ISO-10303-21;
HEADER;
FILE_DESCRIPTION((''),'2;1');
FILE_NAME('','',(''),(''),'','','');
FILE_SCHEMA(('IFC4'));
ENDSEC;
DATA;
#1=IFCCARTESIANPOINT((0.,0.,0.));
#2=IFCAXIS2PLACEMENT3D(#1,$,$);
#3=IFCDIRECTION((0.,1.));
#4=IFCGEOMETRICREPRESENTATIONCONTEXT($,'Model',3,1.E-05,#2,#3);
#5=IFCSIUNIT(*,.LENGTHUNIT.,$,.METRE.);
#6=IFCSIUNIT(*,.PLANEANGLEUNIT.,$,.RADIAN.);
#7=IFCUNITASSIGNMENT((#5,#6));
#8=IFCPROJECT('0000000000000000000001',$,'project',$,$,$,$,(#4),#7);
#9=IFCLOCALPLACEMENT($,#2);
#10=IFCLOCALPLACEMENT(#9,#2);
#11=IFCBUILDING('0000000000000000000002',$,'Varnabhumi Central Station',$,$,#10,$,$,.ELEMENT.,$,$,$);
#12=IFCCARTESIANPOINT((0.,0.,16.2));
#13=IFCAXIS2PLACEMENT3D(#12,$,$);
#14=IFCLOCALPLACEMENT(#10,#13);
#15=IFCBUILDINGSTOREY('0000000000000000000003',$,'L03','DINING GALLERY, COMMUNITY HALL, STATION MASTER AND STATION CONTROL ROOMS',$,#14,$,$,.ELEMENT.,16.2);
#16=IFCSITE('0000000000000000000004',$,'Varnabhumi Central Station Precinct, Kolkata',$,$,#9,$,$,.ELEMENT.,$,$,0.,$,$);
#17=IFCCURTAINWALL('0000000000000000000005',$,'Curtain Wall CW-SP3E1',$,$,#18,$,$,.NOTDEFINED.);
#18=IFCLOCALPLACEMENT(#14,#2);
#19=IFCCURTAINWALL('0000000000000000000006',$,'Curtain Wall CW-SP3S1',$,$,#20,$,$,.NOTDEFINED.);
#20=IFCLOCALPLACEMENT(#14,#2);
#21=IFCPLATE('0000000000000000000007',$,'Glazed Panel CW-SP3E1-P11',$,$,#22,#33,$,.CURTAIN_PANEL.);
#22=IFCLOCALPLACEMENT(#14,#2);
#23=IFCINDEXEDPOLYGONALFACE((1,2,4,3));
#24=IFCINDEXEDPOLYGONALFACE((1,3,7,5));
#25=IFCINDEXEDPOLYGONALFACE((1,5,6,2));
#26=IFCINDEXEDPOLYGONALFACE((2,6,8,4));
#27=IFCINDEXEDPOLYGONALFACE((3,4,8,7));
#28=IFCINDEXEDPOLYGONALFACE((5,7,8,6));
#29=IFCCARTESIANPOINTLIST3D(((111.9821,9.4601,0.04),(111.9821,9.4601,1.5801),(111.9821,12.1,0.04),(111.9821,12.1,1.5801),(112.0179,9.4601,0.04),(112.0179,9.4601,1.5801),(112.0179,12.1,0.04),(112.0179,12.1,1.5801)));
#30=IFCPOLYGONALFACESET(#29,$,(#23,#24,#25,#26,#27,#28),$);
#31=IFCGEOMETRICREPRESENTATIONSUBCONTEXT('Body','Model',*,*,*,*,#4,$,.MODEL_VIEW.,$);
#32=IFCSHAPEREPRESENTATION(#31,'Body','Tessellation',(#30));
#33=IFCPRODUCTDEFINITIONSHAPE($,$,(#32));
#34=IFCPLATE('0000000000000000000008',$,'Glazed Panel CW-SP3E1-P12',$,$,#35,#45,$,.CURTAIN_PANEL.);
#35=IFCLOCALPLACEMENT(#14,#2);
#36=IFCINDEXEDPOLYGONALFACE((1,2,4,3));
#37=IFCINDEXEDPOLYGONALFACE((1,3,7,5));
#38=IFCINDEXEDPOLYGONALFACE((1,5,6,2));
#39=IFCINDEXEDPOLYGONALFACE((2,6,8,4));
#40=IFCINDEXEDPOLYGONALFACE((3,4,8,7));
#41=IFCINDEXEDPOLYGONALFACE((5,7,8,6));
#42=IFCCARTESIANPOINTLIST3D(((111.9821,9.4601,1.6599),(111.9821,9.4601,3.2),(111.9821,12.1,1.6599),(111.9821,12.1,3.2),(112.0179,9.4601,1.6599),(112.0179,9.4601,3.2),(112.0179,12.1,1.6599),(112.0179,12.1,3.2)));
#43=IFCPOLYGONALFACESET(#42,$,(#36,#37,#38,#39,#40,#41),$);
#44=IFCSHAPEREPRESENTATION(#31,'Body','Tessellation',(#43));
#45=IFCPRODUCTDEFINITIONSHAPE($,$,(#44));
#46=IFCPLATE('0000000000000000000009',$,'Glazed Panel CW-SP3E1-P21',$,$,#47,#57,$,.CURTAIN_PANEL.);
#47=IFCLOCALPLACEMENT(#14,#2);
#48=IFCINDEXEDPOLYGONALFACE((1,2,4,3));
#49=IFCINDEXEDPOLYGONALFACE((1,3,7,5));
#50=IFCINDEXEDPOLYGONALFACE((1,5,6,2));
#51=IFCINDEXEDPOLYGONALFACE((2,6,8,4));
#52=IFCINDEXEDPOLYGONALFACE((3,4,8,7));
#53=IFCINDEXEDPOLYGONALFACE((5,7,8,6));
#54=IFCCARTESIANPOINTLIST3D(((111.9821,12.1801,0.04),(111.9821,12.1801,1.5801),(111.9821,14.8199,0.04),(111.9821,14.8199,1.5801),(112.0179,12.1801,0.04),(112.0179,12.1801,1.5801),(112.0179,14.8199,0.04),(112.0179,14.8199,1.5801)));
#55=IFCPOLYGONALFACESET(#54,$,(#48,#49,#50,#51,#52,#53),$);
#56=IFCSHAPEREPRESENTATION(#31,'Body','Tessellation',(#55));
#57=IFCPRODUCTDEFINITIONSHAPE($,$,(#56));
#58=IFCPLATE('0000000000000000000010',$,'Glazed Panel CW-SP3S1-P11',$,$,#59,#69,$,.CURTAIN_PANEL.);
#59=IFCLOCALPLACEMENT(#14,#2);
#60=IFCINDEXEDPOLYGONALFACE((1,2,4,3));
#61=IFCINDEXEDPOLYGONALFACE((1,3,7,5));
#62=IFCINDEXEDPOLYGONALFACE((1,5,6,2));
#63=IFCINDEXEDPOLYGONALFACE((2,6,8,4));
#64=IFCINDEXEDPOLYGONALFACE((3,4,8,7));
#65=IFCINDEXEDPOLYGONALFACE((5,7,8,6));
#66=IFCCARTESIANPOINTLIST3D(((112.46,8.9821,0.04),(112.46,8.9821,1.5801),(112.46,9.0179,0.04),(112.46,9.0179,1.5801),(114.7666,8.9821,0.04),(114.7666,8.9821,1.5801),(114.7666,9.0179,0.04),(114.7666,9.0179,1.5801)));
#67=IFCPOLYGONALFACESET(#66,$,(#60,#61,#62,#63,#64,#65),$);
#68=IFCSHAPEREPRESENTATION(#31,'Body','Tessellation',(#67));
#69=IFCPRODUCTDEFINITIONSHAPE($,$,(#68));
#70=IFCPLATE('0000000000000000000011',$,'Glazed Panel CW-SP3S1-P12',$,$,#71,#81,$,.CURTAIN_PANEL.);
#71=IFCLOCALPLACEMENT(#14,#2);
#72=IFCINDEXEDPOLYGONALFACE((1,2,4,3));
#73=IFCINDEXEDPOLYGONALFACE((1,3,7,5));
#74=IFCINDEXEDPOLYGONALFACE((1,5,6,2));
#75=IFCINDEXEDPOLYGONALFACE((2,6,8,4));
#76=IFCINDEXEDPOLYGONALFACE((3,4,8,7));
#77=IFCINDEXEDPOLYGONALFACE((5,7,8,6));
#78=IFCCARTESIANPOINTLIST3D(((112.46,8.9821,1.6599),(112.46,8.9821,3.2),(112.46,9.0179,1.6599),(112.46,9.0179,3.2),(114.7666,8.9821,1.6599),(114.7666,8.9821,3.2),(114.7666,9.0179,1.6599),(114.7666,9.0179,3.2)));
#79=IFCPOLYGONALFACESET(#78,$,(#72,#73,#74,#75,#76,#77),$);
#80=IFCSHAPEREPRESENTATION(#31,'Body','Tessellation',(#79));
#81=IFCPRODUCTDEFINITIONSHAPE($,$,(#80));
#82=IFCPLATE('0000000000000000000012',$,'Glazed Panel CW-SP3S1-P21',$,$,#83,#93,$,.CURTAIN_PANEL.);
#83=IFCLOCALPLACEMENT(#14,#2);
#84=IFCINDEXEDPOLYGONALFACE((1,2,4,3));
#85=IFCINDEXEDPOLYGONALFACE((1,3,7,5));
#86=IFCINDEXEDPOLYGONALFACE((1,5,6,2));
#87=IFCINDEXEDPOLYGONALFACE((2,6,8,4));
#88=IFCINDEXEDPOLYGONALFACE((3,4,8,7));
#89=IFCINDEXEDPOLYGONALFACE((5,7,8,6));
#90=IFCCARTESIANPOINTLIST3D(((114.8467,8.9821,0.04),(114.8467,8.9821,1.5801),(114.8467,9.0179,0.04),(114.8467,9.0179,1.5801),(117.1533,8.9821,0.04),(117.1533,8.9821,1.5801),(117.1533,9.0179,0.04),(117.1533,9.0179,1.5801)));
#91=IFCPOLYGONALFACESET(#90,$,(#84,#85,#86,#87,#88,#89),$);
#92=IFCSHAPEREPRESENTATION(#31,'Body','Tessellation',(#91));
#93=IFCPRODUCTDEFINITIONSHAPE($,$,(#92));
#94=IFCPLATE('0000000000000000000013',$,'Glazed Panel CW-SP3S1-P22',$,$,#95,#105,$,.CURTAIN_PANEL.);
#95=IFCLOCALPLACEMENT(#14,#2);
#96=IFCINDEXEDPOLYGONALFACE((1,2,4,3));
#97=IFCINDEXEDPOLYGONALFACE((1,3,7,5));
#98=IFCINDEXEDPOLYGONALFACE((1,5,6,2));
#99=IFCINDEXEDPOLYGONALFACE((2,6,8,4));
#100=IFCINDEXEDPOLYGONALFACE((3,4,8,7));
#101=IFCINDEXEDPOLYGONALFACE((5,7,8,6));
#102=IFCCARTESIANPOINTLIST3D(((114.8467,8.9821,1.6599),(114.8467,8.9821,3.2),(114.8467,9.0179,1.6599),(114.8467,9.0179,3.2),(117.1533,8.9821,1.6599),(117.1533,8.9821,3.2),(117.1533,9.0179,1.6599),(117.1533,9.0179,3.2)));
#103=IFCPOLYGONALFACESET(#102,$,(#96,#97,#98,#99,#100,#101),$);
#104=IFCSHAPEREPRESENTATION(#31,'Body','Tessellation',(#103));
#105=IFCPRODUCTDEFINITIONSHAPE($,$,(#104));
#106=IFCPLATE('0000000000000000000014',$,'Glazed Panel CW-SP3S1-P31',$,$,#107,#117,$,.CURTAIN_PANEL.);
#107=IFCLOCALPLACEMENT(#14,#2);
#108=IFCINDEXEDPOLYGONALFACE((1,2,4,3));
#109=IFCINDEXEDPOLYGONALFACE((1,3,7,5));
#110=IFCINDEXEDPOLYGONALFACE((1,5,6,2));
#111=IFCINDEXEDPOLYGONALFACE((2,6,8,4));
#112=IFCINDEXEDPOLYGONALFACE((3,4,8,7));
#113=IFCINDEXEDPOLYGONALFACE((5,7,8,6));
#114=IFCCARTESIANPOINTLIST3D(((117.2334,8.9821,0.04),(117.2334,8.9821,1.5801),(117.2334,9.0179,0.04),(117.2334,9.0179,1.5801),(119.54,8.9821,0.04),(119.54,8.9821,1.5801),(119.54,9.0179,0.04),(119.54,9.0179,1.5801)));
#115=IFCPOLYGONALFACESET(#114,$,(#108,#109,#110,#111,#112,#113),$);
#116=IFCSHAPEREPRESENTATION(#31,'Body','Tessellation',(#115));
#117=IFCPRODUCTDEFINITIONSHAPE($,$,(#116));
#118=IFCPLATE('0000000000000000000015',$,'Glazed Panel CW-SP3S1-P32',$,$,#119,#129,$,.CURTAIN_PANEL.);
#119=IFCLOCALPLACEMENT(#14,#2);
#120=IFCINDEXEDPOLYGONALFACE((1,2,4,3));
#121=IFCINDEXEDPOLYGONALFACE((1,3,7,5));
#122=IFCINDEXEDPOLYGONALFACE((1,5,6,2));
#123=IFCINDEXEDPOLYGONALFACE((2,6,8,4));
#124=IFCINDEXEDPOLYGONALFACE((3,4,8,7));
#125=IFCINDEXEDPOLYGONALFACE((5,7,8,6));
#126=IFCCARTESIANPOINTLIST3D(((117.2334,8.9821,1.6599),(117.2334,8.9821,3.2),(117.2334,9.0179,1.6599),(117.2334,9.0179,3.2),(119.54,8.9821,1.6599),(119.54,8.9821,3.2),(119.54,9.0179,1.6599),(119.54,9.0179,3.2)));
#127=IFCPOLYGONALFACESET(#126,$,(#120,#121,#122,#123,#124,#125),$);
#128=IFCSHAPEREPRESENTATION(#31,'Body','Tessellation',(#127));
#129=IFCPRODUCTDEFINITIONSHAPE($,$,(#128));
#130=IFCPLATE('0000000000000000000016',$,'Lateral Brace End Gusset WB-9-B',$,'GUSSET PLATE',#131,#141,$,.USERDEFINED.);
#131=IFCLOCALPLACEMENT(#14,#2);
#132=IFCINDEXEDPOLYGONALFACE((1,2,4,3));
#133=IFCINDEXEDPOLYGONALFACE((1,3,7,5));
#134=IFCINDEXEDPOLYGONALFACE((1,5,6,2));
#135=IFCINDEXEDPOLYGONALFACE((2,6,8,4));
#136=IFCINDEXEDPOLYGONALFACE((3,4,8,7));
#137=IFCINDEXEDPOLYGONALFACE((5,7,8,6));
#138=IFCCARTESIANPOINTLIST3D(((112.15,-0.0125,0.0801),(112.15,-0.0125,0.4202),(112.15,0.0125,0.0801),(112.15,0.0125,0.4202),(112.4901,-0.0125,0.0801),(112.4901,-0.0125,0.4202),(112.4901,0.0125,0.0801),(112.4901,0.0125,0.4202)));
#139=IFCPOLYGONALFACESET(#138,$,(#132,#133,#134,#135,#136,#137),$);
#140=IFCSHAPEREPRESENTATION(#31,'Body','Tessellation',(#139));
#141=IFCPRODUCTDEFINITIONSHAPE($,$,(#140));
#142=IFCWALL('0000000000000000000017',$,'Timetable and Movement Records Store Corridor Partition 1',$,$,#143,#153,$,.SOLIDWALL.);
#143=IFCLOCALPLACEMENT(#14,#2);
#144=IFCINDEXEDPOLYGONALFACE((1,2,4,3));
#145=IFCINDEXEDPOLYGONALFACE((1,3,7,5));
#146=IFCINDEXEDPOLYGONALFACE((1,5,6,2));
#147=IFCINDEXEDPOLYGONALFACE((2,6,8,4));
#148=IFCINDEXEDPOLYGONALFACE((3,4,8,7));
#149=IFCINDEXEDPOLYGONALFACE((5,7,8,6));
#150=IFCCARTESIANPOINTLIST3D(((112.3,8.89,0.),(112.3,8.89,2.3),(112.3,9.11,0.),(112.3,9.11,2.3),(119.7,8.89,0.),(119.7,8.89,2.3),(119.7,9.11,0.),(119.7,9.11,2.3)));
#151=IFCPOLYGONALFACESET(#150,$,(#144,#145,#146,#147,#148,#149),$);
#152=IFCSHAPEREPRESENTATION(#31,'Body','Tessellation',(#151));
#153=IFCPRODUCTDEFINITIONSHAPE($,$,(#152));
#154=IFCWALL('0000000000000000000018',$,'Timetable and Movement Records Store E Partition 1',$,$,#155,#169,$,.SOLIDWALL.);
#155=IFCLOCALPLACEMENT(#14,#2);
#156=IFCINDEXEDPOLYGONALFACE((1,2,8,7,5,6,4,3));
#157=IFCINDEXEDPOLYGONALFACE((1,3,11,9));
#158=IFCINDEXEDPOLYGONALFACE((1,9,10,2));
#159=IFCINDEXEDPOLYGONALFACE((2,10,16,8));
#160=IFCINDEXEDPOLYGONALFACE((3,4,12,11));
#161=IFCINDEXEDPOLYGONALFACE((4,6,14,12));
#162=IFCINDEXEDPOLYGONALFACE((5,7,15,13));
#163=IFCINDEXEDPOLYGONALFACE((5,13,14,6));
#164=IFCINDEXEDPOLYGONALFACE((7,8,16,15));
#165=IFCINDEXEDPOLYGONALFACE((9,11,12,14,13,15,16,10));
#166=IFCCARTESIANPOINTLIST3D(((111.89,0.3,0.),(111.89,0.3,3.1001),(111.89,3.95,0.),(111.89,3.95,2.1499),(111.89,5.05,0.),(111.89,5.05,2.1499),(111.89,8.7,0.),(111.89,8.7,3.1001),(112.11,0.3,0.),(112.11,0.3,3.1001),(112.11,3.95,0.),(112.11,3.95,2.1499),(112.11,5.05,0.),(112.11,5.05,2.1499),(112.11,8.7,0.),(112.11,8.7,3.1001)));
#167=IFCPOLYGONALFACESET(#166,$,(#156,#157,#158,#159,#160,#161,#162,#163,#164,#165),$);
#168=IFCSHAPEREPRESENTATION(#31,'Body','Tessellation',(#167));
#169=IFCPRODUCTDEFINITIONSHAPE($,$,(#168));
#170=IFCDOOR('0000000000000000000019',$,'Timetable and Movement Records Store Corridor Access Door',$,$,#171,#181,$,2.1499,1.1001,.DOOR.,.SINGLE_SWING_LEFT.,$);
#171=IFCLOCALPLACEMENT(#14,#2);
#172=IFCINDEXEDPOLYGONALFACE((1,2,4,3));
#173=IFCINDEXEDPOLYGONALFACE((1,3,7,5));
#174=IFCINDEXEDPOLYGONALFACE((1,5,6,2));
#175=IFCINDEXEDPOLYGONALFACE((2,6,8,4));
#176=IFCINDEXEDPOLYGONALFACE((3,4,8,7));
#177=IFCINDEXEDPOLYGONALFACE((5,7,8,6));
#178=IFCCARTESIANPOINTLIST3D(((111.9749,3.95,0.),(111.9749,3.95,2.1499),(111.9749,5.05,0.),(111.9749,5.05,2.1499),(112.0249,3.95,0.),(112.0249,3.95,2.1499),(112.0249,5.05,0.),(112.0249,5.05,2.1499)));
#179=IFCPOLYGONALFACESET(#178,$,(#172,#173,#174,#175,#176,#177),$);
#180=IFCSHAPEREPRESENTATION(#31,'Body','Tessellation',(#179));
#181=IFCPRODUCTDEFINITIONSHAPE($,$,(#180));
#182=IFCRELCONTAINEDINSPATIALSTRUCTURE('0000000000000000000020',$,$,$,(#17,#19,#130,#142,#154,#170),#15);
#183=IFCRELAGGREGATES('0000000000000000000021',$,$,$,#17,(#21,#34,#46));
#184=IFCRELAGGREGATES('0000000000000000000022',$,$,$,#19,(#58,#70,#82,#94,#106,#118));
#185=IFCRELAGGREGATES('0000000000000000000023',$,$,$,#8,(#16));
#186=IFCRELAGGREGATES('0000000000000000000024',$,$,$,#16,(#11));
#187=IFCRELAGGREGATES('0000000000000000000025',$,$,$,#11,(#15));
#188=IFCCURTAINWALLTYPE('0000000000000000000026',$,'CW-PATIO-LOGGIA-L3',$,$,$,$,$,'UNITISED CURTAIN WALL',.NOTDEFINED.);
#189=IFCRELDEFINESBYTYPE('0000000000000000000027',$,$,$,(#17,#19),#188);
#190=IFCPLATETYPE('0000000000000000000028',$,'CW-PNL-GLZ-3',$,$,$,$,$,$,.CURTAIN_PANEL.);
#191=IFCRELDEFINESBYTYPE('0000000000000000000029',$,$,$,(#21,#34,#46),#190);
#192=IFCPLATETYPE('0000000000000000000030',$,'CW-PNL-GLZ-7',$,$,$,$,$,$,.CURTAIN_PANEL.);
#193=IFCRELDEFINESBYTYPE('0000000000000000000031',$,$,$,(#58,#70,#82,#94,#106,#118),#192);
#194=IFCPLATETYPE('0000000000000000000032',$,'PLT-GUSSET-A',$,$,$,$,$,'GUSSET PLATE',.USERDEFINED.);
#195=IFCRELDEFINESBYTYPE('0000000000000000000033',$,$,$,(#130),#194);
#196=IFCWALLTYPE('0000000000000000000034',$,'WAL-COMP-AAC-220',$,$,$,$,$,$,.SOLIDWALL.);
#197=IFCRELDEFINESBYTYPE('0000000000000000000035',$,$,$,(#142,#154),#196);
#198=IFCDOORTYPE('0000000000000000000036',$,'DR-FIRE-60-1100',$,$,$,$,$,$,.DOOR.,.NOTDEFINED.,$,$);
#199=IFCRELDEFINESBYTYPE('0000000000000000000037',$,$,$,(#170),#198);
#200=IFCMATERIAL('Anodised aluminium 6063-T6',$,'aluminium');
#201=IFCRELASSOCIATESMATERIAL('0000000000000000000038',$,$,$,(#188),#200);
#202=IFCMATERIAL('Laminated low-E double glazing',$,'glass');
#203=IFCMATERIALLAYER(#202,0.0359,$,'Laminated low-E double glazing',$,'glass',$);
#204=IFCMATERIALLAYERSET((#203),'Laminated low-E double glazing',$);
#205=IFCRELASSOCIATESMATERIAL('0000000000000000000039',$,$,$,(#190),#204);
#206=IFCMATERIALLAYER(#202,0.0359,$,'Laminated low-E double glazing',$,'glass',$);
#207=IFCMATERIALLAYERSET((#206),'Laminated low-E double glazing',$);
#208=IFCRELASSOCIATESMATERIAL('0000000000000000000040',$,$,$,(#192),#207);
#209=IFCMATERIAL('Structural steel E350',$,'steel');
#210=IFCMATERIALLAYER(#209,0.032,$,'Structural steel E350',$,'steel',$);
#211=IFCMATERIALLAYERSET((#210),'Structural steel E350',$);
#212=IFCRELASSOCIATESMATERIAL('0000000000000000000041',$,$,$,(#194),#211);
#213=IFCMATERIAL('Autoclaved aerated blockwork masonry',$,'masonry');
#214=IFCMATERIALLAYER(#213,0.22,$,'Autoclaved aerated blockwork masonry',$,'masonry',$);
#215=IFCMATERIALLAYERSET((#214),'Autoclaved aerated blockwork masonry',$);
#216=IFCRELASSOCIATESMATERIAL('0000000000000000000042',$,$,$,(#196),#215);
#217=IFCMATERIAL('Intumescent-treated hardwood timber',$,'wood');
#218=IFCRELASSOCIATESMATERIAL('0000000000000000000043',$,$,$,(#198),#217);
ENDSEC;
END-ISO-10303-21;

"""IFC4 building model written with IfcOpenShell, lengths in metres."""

from ifc_helpers import new_model, si_unit, direction, frame, frame_2d, origin, origin_2d, place, context, subcontext, project, spatial, rectangle, extrude, material, layer, layer_set, type_object, element, fill, aggregate, save


model = new_model("IFC4")

# Units and contexts
model_context = context("Model", 3, precision=1e-05, world=origin(), true_north=direction((0.0, 1.0)))
body_context = subcontext(model_context, "Body", "Model", "MODEL_VIEW")
ifc_project = project(units=[si_unit("LENGTHUNIT", "METRE"), si_unit("PLANEANGLEUNIT", "RADIAN")], contexts=[model_context])

# Site, building, storey
site_placement = place(None, origin())
site = spatial("IfcSite", under=ifc_project, at=site_placement, Name="Varnabhumi Central Station Precinct, Kolkata", CompositionType="ELEMENT", RefElevation=0.0)
building_placement = place(site_placement, origin())
building = spatial("IfcBuilding", under=site, at=building_placement, Name="Varnabhumi Central Station", CompositionType="ELEMENT")
storey_placement = place(building_placement, frame((0.0, 0.0, 16.2)))
storey = spatial("IfcBuildingStorey", under=building, at=storey_placement, Name="L03", Description="DINING GALLERY, COMMUNITY HALL, STATION MASTER AND STATION CONTROL ROOMS", CompositionType="ELEMENT", Elevation=16.2)

# Shared definitions
ifc_material_1 = material(Name="Structural steel E350", Category="steel")

# Curtain walls
ifc_material_2 = material(Name="Anodised aluminium 6063-T6", Category="aluminium")
curtain_wall_type = type_object("IfcCurtainWallType", Name="CW-PATIO-LOGGIA-L3", ElementType="UNITISED CURTAIN WALL", PredefinedType="NOTDEFINED", material=ifc_material_2)
curtain_wall_1_placement = place(storey_placement, origin())
curtain_wall_1 = element("IfcCurtainWall", 1, at=curtain_wall_1_placement, inside=storey, type_object=curtain_wall_type, Name="Curtain Wall CW-SP3E1", PredefinedType="NOTDEFINED")
curtain_wall_2_placement = place(storey_placement, origin())
curtain_wall_2 = element("IfcCurtainWall", 2, at=curtain_wall_2_placement, inside=storey, type_object=curtain_wall_type, Name="Curtain Wall CW-SP3S1", PredefinedType="NOTDEFINED")

# Plates
ifc_material_3 = material(Name="Laminated low-E double glazing", Category="glass")
ifc_layer_1 = layer(ifc_material_3, 0.0359, Name="Laminated low-E double glazing", Category="glass")
ifc_layer_set_1 = layer_set([ifc_layer_1], Name="Laminated low-E double glazing")
plate_type_1 = type_object("IfcPlateType", Name="CW-PNL-GLZ-3", PredefinedType="CURTAIN_PANEL", material=ifc_layer_set_1)
plate_1_placement = place(storey_placement, frame((112.0, 10.78, 0.04), z_axis=(0.0, 0.0, 1.0), x_axis=(0.0, 1.0, 0.0)))
plate_1 = element("IfcPlate", 3, at=plate_1_placement, type_object=plate_type_1, Name="Glazed Panel CW-SP3E1-P11", PredefinedType="CURTAIN_PANEL", context=body_context, shape_type="SweptSolid", body=[
    extrude(rectangle(XDim=2.6399, YDim=0.0359, at=origin_2d()), origin(), (0.0, 0.0, 1.0), 1.54),
])
plate_2_placement = place(storey_placement, frame((112.0, 10.78, 1.6599), z_axis=(0.0, 0.0, 1.0), x_axis=(0.0, 1.0, 0.0)))
plate_2 = element("IfcPlate", 4, at=plate_2_placement, type_object=plate_type_1, Name="Glazed Panel CW-SP3E1-P12", PredefinedType="CURTAIN_PANEL", context=body_context, shape_type="SweptSolid", body=[
    extrude(rectangle(XDim=2.6399, YDim=0.0359, at=origin_2d()), origin(), (0.0, 0.0, 1.0), 1.54),
])
plate_3_placement = place(storey_placement, frame((112.0, 13.5, 0.04), z_axis=(0.0, 0.0, 1.0), x_axis=(0.0, 1.0, 0.0)))
plate_3 = element("IfcPlate", 5, at=plate_3_placement, type_object=plate_type_1, Name="Glazed Panel CW-SP3E1-P21", PredefinedType="CURTAIN_PANEL", context=body_context, shape_type="SweptSolid", body=[
    extrude(rectangle(XDim=2.6399, YDim=0.0359, at=origin_2d()), origin(), (0.0, 0.0, 1.0), 1.54),
])
aggregate(curtain_wall_1, [plate_1, plate_2, plate_3])
ifc_layer_2 = layer(ifc_material_3, 0.0359, Name="Laminated low-E double glazing", Category="glass")
ifc_layer_set_2 = layer_set([ifc_layer_2], Name="Laminated low-E double glazing")
plate_type_2 = type_object("IfcPlateType", Name="CW-PNL-GLZ-7", PredefinedType="CURTAIN_PANEL", material=ifc_layer_set_2)
plate_4_placement = place(storey_placement, frame((113.6133, 9.0, 0.04), z_axis=(0.0, 0.0, 1.0), x_axis=(1.0, 0.0, 0.0)))
plate_4 = element("IfcPlate", 6, at=plate_4_placement, type_object=plate_type_2, Name="Glazed Panel CW-SP3S1-P11", PredefinedType="CURTAIN_PANEL", context=body_context, shape_type="SweptSolid", body=[
    extrude(rectangle(XDim=2.3066, YDim=0.0359, at=origin_2d()), origin(), (0.0, 0.0, 1.0), 1.54),
])
plate_5_placement = place(storey_placement, frame((113.6133, 9.0, 1.6599), z_axis=(0.0, 0.0, 1.0), x_axis=(1.0, 0.0, 0.0)))
plate_5 = element("IfcPlate", 7, at=plate_5_placement, type_object=plate_type_2, Name="Glazed Panel CW-SP3S1-P12", PredefinedType="CURTAIN_PANEL", context=body_context, shape_type="SweptSolid", body=[
    extrude(rectangle(XDim=2.3066, YDim=0.0359, at=origin_2d()), origin(), (0.0, 0.0, 1.0), 1.54),
])
plate_6_placement = place(storey_placement, frame((116.0, 9.0, 0.04), z_axis=(0.0, 0.0, 1.0), x_axis=(1.0, 0.0, 0.0)))
plate_6 = element("IfcPlate", 8, at=plate_6_placement, type_object=plate_type_2, Name="Glazed Panel CW-SP3S1-P21", PredefinedType="CURTAIN_PANEL", context=body_context, shape_type="SweptSolid", body=[
    extrude(rectangle(XDim=2.3066, YDim=0.0359, at=origin_2d()), origin(), (0.0, 0.0, 1.0), 1.54),
])
plate_7_placement = place(storey_placement, frame((116.0, 9.0, 1.6599), z_axis=(0.0, 0.0, 1.0), x_axis=(1.0, 0.0, 0.0)))
plate_7 = element("IfcPlate", 9, at=plate_7_placement, type_object=plate_type_2, Name="Glazed Panel CW-SP3S1-P22", PredefinedType="CURTAIN_PANEL", context=body_context, shape_type="SweptSolid", body=[
    extrude(rectangle(XDim=2.3066, YDim=0.0359, at=origin_2d()), origin(), (0.0, 0.0, 1.0), 1.54),
])
plate_8_placement = place(storey_placement, frame((118.3867, 9.0, 0.04), z_axis=(0.0, 0.0, 1.0), x_axis=(1.0, 0.0, 0.0)))
plate_8 = element("IfcPlate", 10, at=plate_8_placement, type_object=plate_type_2, Name="Glazed Panel CW-SP3S1-P31", PredefinedType="CURTAIN_PANEL", context=body_context, shape_type="SweptSolid", body=[
    extrude(rectangle(XDim=2.3066, YDim=0.0359, at=origin_2d()), origin(), (0.0, 0.0, 1.0), 1.54),
])
plate_9_placement = place(storey_placement, frame((118.3867, 9.0, 1.6599), z_axis=(0.0, 0.0, 1.0), x_axis=(1.0, 0.0, 0.0)))
plate_9 = element("IfcPlate", 11, at=plate_9_placement, type_object=plate_type_2, Name="Glazed Panel CW-SP3S1-P32", PredefinedType="CURTAIN_PANEL", context=body_context, shape_type="SweptSolid", body=[
    extrude(rectangle(XDim=2.3066, YDim=0.0359, at=origin_2d()), origin(), (0.0, 0.0, 1.0), 1.54),
])
aggregate(curtain_wall_2, [plate_4, plate_5, plate_6, plate_7, plate_8, plate_9])
ifc_layer_3 = layer(ifc_material_1, 0.032, Name="Structural steel E350", Category="steel")
ifc_layer_set_3 = layer_set([ifc_layer_3], Name="Structural steel E350")
plate_type_3 = type_object("IfcPlateType", Name="PLT-GUSSET-A", ElementType="GUSSET PLATE", PredefinedType="USERDEFINED", material=ifc_layer_set_3)
plate_10_placement = place(storey_placement, frame((112.3201, 0.0, 0.0801), z_axis=(0.0, 0.0, 1.0), x_axis=(1.0, 0.0, 0.0)))
element("IfcPlate", 12, at=plate_10_placement, inside=storey, type_object=plate_type_3, Name="Lateral Brace End Gusset WB-9-B", ObjectType="GUSSET PLATE", PredefinedType="USERDEFINED", context=body_context, shape_type="SweptSolid", body=[
    extrude(rectangle(XDim=0.3401, YDim=0.0249, at=origin_2d()), origin(), (0.0, 0.0, 1.0), 0.3401),
])

# Wall
ifc_material_4 = material(Name="Autoclaved aerated blockwork masonry", Category="masonry")
ifc_layer_4 = layer(ifc_material_4, 0.22, Name="Autoclaved aerated blockwork masonry", Category="masonry")
ifc_layer_set_4 = layer_set([ifc_layer_4], Name="Autoclaved aerated blockwork masonry")
wall_type_1 = type_object("IfcWallType", Name="WAL-COMP-AAC-220", PredefinedType="SOLIDWALL", material=ifc_layer_set_4)
wall_1_placement = place(storey_placement, frame((112.3, 9.0, 0.0), z_axis=(0.0, 0.0, 1.0), x_axis=(1.0, 0.0, 0.0)))
element("IfcWall", 13, at=wall_1_placement, inside=storey, type_object=wall_type_1, Name="Timetable and Movement Records Store Corridor Partition 1", PredefinedType="SOLIDWALL", context=body_context, shape_type="SweptSolid", body=[
    extrude(rectangle(XDim=7.3999, YDim=0.22, at=frame_2d((3.7, 0.0))), origin(), (0.0, 0.0, 1.0), 2.3),
])

# Wall, opening, door
wall_2_placement = place(storey_placement, frame((112.0, 0.3, 0.0), z_axis=(0.0, 0.0, 1.0), x_axis=(0.0, 1.0, 0.0)))
wall_2 = element("IfcWall", 14, at=wall_2_placement, inside=storey, type_object=wall_type_1, Name="Timetable and Movement Records Store E Partition 1", PredefinedType="SOLIDWALL", context=body_context, shape_type="SweptSolid", body=[
    extrude(rectangle(XDim=8.3999, YDim=0.22, at=frame_2d((4.2, 0.0))), origin(), (0.0, 0.0, 1.0), 3.1001),
])
opening_placement = place(wall_2_placement, frame((3.6499, 0.0, 0.0)))
opening = element("IfcOpeningElement", 15, at=opening_placement, cuts=wall_2, PredefinedType="OPENING", context=body_context, shape_type="SweptSolid", body=[
    extrude(rectangle(XDim=1.1001, YDim=2.1499, at=frame_2d((0.55, 1.075))), frame((0.0, 0.1199, 0.0), z_axis=(0.0, -1.0, 0.0), x_axis=(1.0, 0.0, 0.0)), (0.0, 0.0, 1.0), 0.24),
])
ifc_material_5 = material(Name="Intumescent-treated hardwood timber", Category="wood")
door_type = type_object("IfcDoorType", Name="DR-FIRE-60-1100", OperationType="NOTDEFINED", PredefinedType="DOOR", material=ifc_material_5)
door_placement = place(opening_placement, frame((1.1001, 0.0, 0.0), z_axis=(0.0, 0.0, 1.0), x_axis=(-1.0, 0.0, 0.0)))
door = element("IfcDoor", 16, at=door_placement, inside=storey, type_object=door_type, Name="Timetable and Movement Records Store Corridor Access Door", OperationType="SINGLE_SWING_LEFT", OverallHeight=2.1499, OverallWidth=1.1001, PredefinedType="DOOR", context=body_context, shape_type="SweptSolid", body=[
    extrude(rectangle(XDim=1.1001, YDim=2.1499, at=frame_2d((0.55, 1.075))), frame((0.0, 0.0249, 0.0), z_axis=(0.0, -1.0, 0.0), x_axis=(1.0, 0.0, 0.0)), (0.0, 0.0, 1.0), 0.05),
])
fill(opening, door)

save(model, "model.ifc")
